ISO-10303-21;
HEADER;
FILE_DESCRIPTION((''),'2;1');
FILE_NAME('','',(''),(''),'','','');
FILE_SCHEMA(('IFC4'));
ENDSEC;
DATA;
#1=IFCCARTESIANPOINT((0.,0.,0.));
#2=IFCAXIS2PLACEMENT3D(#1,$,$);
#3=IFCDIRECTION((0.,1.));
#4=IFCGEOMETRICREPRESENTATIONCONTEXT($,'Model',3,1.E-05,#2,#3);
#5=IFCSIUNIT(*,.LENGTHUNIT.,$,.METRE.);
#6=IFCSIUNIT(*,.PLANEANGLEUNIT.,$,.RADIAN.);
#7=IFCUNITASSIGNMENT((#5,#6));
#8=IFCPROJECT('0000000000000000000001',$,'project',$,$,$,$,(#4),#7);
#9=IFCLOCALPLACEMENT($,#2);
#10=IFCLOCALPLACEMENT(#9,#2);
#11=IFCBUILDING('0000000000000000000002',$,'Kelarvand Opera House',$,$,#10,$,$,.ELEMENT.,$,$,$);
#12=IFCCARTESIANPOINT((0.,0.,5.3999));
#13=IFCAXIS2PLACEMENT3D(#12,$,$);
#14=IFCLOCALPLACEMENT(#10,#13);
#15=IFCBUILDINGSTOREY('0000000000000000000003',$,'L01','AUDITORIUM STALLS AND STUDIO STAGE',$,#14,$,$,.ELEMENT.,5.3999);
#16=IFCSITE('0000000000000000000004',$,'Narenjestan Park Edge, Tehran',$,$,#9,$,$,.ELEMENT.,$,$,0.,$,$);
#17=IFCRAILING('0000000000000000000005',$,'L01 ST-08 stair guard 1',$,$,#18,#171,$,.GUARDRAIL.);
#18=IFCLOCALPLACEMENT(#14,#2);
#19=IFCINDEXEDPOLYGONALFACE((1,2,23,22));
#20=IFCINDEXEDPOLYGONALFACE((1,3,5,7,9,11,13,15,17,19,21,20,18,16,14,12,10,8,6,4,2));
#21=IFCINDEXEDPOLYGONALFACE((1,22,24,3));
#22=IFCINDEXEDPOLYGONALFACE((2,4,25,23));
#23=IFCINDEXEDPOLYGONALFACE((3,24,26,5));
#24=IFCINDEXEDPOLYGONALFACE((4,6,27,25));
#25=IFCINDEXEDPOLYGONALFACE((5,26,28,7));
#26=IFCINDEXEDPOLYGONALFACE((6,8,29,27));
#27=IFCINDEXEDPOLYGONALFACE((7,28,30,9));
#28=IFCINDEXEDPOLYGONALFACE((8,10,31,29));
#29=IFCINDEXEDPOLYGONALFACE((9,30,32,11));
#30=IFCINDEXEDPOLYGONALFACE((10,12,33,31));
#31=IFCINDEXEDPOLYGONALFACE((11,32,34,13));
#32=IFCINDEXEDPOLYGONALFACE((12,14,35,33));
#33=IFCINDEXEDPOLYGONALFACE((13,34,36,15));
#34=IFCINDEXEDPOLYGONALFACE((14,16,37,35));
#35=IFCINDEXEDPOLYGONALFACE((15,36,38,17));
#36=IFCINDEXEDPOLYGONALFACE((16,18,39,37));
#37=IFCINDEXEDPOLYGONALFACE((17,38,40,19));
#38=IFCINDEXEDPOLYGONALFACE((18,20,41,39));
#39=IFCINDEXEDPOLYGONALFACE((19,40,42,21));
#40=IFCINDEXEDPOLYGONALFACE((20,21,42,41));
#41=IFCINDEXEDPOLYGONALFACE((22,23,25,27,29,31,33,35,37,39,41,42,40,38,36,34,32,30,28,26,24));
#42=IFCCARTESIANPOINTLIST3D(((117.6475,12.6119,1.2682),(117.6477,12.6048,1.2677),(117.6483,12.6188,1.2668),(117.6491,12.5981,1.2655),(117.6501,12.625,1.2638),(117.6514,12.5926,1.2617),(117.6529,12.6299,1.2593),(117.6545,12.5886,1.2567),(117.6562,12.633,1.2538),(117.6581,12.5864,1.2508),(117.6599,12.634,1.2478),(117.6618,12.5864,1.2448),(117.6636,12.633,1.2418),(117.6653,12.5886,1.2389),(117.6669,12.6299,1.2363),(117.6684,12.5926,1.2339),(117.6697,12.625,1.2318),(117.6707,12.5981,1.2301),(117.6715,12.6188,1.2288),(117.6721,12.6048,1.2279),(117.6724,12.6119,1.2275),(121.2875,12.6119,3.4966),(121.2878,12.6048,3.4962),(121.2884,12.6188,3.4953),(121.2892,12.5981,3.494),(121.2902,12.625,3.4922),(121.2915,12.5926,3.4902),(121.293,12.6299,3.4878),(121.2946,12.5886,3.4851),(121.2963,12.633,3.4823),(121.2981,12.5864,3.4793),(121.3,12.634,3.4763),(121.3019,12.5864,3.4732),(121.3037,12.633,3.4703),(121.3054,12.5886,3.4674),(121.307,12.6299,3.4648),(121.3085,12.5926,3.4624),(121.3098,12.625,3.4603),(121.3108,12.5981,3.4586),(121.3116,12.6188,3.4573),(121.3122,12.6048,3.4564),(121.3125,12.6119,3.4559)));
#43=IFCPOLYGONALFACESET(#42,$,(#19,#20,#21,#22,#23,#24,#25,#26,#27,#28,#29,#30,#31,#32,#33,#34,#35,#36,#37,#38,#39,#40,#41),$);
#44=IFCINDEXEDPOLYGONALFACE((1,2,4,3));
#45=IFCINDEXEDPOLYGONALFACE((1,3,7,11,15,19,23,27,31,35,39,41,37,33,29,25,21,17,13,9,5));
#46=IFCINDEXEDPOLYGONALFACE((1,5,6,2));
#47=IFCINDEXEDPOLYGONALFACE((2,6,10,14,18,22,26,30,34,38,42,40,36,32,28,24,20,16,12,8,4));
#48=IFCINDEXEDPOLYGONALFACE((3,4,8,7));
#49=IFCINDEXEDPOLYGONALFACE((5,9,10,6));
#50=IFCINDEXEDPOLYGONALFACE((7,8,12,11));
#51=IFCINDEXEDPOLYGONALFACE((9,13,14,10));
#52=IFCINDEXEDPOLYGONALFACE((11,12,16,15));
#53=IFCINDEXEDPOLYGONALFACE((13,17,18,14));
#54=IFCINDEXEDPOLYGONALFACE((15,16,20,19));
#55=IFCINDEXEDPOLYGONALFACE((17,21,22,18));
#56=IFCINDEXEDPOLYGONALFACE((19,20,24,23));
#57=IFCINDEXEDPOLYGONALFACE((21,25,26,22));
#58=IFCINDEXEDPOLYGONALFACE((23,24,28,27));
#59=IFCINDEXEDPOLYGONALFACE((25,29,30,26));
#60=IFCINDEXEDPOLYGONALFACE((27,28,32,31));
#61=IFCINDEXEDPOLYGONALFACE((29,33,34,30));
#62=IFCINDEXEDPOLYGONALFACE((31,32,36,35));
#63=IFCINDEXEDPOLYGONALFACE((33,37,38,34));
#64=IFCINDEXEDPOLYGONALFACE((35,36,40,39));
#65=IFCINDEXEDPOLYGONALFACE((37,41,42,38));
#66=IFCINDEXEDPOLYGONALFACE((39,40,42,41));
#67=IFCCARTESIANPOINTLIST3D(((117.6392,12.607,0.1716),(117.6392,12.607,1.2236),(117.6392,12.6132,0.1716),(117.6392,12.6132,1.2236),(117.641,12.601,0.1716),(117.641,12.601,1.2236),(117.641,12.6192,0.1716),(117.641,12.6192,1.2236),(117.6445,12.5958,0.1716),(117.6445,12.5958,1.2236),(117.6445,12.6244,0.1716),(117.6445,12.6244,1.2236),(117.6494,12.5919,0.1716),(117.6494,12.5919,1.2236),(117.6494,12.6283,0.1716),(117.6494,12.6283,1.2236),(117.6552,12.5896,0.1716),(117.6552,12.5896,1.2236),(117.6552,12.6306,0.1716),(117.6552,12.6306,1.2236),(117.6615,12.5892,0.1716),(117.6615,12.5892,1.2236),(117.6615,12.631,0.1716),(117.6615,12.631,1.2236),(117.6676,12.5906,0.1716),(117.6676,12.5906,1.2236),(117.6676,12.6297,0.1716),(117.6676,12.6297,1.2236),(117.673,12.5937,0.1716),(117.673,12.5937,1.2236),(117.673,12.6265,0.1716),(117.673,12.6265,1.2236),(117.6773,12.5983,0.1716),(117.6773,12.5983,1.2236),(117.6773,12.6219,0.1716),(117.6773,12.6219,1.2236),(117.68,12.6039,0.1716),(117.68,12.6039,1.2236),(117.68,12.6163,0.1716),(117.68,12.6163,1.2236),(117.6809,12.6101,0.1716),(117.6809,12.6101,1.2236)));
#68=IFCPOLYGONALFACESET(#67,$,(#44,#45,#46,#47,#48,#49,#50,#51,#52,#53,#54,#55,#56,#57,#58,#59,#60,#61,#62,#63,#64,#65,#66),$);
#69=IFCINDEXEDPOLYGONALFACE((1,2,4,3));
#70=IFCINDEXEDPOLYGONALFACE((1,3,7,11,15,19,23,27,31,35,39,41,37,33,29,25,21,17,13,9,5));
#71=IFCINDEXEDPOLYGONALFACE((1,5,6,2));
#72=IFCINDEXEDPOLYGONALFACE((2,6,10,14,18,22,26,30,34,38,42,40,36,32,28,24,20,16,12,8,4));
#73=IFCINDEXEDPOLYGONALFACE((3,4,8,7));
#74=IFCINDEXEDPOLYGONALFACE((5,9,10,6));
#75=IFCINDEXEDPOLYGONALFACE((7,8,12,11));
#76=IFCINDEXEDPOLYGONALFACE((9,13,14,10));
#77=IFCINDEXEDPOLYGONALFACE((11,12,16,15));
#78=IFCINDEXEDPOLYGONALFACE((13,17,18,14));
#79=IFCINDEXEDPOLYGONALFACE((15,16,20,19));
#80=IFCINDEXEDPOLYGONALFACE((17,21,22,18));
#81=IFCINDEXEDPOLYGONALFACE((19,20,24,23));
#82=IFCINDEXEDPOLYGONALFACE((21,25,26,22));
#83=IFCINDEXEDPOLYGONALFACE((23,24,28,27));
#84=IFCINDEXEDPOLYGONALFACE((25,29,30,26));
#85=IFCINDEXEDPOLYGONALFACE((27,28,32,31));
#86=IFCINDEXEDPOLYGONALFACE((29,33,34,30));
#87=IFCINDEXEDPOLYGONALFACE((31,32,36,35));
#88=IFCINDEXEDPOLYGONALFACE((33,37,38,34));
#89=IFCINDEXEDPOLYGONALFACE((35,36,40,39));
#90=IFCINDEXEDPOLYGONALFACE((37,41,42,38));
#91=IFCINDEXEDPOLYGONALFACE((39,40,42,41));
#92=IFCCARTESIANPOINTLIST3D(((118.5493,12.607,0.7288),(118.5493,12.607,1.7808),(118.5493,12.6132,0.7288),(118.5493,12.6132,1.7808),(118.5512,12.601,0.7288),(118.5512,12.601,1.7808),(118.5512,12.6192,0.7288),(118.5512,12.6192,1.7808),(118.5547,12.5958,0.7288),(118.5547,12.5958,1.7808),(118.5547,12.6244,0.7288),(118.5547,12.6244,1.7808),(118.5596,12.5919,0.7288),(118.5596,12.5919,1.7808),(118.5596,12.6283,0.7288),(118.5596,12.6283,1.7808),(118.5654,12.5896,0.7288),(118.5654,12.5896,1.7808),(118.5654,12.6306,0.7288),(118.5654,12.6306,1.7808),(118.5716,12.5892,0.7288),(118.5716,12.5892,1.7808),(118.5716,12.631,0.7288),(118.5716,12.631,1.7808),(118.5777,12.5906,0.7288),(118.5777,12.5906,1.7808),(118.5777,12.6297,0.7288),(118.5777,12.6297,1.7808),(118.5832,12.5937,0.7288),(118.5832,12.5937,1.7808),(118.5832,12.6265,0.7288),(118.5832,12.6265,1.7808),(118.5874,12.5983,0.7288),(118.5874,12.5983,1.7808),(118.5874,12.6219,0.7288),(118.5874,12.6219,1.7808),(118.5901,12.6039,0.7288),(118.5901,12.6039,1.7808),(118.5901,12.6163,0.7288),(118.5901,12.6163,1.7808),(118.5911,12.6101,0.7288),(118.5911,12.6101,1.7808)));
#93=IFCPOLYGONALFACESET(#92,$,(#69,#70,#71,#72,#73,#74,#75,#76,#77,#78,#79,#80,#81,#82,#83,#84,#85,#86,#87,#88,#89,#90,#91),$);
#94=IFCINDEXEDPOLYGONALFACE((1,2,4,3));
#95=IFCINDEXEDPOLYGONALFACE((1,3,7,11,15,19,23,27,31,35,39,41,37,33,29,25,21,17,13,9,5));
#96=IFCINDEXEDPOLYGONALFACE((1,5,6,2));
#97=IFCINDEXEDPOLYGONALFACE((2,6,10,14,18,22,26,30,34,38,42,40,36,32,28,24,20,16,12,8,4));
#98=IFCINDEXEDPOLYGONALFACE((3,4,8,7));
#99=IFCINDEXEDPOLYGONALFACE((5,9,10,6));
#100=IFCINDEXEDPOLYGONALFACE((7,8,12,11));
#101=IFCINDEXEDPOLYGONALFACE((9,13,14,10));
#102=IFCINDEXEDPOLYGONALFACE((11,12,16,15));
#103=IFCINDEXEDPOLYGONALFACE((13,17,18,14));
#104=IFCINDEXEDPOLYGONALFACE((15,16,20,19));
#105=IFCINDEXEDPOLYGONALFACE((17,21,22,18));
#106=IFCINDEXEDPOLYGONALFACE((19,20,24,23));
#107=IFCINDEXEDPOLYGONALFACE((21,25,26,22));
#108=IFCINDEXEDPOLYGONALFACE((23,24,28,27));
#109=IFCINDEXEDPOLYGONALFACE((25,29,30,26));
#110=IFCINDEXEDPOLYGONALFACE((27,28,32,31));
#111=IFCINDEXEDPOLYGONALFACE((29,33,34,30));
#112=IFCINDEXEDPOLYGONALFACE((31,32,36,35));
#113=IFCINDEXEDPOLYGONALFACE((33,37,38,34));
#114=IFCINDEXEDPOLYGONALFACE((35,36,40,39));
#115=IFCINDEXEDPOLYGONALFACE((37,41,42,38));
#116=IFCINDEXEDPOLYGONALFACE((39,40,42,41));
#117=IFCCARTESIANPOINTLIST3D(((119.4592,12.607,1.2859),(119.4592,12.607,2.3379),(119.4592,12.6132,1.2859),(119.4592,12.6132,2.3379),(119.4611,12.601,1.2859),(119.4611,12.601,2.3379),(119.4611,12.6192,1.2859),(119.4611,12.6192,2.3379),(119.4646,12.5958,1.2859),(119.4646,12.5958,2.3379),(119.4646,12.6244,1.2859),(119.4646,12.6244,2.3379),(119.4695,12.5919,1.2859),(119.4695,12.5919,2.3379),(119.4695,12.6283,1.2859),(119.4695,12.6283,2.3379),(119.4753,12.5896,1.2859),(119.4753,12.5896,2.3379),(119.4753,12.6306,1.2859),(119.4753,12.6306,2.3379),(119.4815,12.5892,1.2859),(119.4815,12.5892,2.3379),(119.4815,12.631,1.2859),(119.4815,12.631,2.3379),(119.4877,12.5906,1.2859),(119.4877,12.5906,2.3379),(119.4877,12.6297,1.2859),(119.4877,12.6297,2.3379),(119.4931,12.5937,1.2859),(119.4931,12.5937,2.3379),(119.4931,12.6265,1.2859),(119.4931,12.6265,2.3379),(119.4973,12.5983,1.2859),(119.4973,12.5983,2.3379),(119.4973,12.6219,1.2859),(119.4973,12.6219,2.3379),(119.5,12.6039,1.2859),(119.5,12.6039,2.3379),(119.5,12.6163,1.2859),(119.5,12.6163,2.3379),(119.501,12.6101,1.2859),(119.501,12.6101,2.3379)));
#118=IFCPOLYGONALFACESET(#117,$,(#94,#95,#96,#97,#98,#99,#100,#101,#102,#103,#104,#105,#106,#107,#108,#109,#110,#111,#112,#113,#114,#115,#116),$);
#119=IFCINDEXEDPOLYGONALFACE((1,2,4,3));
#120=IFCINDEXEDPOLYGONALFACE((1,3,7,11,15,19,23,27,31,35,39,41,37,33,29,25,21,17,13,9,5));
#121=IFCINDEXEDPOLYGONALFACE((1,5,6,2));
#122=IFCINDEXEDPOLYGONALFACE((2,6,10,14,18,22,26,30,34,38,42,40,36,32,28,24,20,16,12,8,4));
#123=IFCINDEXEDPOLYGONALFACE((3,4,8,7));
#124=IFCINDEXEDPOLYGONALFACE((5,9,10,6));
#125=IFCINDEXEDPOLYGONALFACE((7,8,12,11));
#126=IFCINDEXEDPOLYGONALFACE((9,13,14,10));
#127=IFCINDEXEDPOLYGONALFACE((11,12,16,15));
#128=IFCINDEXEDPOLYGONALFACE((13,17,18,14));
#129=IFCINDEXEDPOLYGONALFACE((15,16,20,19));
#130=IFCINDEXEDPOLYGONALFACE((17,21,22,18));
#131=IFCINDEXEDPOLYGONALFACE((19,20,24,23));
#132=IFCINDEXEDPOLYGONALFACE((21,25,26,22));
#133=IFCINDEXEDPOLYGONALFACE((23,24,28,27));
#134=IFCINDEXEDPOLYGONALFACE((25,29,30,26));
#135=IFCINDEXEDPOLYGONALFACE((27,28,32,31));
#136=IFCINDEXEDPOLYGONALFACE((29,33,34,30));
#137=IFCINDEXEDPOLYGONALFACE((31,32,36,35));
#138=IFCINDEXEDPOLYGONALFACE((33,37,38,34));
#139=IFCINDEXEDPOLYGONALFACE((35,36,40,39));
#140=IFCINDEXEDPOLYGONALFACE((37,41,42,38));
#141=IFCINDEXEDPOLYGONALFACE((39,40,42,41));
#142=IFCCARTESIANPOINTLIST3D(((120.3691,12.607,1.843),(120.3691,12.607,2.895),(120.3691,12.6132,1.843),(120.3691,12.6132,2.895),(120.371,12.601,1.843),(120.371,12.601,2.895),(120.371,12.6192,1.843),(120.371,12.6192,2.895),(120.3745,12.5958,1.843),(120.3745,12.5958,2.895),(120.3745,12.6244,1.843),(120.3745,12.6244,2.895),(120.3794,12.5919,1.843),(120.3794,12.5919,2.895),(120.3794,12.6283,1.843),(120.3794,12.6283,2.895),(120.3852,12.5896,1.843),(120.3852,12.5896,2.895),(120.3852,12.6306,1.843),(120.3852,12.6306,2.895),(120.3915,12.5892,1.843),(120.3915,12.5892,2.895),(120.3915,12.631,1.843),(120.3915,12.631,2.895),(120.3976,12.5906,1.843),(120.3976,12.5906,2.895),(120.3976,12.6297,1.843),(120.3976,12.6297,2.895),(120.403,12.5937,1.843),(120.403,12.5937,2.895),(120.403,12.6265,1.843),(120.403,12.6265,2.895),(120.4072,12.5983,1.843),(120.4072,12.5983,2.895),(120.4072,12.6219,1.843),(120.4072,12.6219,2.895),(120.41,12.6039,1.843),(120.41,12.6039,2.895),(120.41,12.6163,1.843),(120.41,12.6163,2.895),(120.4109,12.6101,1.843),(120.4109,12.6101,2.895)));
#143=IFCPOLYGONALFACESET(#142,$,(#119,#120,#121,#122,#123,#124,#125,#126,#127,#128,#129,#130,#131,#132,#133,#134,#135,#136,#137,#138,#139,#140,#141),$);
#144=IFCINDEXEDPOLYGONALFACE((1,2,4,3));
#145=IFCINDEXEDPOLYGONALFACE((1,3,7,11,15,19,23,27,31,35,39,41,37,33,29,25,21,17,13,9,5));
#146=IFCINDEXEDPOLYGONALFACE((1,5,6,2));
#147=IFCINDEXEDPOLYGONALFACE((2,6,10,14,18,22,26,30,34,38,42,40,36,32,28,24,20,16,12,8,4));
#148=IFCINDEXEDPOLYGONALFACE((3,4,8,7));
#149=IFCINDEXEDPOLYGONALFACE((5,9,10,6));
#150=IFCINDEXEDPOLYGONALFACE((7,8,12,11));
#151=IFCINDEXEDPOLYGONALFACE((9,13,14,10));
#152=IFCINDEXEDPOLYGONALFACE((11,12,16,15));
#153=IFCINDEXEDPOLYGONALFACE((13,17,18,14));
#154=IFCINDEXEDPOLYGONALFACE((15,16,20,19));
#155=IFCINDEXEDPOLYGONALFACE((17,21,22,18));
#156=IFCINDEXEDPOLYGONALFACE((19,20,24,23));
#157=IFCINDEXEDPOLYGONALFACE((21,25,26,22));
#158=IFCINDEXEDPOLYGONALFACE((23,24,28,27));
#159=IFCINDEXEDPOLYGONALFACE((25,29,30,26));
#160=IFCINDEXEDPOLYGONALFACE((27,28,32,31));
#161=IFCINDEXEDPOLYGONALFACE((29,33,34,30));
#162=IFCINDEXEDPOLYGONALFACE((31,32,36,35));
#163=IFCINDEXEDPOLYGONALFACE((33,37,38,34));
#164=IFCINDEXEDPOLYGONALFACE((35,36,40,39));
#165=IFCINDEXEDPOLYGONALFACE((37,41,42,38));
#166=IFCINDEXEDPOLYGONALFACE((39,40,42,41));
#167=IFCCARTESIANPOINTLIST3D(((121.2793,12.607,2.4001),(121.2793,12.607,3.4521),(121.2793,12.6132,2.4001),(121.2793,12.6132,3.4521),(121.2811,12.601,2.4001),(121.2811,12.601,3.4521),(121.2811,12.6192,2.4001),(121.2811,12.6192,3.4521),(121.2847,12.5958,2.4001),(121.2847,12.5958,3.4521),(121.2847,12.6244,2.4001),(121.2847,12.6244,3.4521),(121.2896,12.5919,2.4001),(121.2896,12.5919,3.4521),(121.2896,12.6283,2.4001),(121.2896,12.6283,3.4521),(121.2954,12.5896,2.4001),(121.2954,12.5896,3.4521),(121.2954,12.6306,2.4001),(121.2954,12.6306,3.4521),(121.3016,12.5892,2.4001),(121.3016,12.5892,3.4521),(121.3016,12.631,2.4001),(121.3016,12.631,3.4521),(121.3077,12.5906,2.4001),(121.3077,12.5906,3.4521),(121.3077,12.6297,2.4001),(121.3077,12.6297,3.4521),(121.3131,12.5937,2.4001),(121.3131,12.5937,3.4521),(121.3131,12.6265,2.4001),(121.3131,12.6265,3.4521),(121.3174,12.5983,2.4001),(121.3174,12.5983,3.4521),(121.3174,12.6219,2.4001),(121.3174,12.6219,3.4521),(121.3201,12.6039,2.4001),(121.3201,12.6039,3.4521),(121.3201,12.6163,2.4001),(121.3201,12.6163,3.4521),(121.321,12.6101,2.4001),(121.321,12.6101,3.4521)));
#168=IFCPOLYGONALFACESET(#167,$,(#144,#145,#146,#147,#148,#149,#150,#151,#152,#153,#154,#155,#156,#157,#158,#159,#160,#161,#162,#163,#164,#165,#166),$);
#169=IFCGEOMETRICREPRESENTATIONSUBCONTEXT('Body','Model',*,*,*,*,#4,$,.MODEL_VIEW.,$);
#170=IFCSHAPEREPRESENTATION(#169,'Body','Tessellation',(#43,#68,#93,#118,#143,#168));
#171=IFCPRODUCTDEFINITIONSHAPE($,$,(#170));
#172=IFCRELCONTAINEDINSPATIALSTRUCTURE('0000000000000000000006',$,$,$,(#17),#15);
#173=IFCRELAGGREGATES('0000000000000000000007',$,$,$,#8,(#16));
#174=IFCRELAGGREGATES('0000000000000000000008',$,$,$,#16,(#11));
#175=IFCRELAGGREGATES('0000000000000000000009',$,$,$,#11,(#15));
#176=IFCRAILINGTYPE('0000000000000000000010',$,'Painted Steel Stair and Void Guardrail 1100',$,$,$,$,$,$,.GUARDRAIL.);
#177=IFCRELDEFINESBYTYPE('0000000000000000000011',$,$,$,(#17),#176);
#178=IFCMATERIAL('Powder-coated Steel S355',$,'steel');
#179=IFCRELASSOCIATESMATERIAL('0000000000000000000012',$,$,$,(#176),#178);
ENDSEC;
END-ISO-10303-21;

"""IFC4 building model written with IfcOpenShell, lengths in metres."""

from ifc_helpers import new_model, si_unit, direction, frame, origin, origin_2d, place, context, subcontext, project, spatial, circle, extrude, material, type_object, element, save


model = new_model("IFC4")

# Units and contexts
model_context = context("Model", 3, precision=1e-05, world=origin(), true_north=direction((0.0, 1.0)))
body_context = subcontext(model_context, "Body", "Model", "MODEL_VIEW")
ifc_project = project(units=[si_unit("LENGTHUNIT", "METRE"), si_unit("PLANEANGLEUNIT", "RADIAN")], contexts=[model_context])

# Site, building, storey
site_placement = place(None, origin())
site = spatial("IfcSite", under=ifc_project, at=site_placement, Name="Narenjestan Park Edge, Tehran", CompositionType="ELEMENT", RefElevation=0.0)
building_placement = place(site_placement, origin())
building = spatial("IfcBuilding", under=site, at=building_placement, Name="Kelarvand Opera House", CompositionType="ELEMENT")
storey_placement = place(building_placement, frame((0.0, 0.0, 5.3999)))
storey = spatial("IfcBuildingStorey", under=building, at=storey_placement, Name="L01", Description="AUDITORIUM STALLS AND STUDIO STAGE", CompositionType="ELEMENT", Elevation=5.3999)

# Railing
ifc_material_1 = material(Name="Powder-coated Steel S355", Category="steel")
railing_type_1 = type_object("IfcRailingType", Name="Painted Steel Stair and Void Guardrail 1100", PredefinedType="GUARDRAIL", material=ifc_material_1)
railing_1_placement = place(storey_placement, frame((117.6599, 12.6101, 0.1716)))
element("IfcRailing", 1, at=railing_1_placement, inside=storey, type_object=railing_type_1, Name="L01 ST-08 stair guard 1", PredefinedType="GUARDRAIL", context=body_context, shape_type="SweptSolid", body=[
    extrude(circle(Radius=0.0239, at=origin_2d()), frame((0.0, 0.0, 1.0762), z_axis=(0.852866, 0.0, 0.52213), x_axis=(0.0, 1.0, 0.0)), (0.0, 0.0, 1.0), 4.2681),
    extrude(circle(Radius=0.021, at=origin_2d()), origin(), (0.0, 0.0, 1.0), 1.052),
    extrude(circle(Radius=0.021, at=origin_2d()), frame((0.9102, 0.0, 0.5571)), (0.0, 0.0, 1.0), 1.052),
    extrude(circle(Radius=0.021, at=origin_2d()), frame((1.8201, 0.0, 1.1143)), (0.0, 0.0, 1.0), 1.052),
    extrude(circle(Radius=0.021, at=origin_2d()), frame((2.73, 0.0, 1.6714)), (0.0, 0.0, 1.0), 1.052),
    extrude(circle(Radius=0.021, at=origin_2d()), frame((3.6401, 0.0, 2.2285)), (0.0, 0.0, 1.0), 1.052),
])

save(model, "model.ifc")
